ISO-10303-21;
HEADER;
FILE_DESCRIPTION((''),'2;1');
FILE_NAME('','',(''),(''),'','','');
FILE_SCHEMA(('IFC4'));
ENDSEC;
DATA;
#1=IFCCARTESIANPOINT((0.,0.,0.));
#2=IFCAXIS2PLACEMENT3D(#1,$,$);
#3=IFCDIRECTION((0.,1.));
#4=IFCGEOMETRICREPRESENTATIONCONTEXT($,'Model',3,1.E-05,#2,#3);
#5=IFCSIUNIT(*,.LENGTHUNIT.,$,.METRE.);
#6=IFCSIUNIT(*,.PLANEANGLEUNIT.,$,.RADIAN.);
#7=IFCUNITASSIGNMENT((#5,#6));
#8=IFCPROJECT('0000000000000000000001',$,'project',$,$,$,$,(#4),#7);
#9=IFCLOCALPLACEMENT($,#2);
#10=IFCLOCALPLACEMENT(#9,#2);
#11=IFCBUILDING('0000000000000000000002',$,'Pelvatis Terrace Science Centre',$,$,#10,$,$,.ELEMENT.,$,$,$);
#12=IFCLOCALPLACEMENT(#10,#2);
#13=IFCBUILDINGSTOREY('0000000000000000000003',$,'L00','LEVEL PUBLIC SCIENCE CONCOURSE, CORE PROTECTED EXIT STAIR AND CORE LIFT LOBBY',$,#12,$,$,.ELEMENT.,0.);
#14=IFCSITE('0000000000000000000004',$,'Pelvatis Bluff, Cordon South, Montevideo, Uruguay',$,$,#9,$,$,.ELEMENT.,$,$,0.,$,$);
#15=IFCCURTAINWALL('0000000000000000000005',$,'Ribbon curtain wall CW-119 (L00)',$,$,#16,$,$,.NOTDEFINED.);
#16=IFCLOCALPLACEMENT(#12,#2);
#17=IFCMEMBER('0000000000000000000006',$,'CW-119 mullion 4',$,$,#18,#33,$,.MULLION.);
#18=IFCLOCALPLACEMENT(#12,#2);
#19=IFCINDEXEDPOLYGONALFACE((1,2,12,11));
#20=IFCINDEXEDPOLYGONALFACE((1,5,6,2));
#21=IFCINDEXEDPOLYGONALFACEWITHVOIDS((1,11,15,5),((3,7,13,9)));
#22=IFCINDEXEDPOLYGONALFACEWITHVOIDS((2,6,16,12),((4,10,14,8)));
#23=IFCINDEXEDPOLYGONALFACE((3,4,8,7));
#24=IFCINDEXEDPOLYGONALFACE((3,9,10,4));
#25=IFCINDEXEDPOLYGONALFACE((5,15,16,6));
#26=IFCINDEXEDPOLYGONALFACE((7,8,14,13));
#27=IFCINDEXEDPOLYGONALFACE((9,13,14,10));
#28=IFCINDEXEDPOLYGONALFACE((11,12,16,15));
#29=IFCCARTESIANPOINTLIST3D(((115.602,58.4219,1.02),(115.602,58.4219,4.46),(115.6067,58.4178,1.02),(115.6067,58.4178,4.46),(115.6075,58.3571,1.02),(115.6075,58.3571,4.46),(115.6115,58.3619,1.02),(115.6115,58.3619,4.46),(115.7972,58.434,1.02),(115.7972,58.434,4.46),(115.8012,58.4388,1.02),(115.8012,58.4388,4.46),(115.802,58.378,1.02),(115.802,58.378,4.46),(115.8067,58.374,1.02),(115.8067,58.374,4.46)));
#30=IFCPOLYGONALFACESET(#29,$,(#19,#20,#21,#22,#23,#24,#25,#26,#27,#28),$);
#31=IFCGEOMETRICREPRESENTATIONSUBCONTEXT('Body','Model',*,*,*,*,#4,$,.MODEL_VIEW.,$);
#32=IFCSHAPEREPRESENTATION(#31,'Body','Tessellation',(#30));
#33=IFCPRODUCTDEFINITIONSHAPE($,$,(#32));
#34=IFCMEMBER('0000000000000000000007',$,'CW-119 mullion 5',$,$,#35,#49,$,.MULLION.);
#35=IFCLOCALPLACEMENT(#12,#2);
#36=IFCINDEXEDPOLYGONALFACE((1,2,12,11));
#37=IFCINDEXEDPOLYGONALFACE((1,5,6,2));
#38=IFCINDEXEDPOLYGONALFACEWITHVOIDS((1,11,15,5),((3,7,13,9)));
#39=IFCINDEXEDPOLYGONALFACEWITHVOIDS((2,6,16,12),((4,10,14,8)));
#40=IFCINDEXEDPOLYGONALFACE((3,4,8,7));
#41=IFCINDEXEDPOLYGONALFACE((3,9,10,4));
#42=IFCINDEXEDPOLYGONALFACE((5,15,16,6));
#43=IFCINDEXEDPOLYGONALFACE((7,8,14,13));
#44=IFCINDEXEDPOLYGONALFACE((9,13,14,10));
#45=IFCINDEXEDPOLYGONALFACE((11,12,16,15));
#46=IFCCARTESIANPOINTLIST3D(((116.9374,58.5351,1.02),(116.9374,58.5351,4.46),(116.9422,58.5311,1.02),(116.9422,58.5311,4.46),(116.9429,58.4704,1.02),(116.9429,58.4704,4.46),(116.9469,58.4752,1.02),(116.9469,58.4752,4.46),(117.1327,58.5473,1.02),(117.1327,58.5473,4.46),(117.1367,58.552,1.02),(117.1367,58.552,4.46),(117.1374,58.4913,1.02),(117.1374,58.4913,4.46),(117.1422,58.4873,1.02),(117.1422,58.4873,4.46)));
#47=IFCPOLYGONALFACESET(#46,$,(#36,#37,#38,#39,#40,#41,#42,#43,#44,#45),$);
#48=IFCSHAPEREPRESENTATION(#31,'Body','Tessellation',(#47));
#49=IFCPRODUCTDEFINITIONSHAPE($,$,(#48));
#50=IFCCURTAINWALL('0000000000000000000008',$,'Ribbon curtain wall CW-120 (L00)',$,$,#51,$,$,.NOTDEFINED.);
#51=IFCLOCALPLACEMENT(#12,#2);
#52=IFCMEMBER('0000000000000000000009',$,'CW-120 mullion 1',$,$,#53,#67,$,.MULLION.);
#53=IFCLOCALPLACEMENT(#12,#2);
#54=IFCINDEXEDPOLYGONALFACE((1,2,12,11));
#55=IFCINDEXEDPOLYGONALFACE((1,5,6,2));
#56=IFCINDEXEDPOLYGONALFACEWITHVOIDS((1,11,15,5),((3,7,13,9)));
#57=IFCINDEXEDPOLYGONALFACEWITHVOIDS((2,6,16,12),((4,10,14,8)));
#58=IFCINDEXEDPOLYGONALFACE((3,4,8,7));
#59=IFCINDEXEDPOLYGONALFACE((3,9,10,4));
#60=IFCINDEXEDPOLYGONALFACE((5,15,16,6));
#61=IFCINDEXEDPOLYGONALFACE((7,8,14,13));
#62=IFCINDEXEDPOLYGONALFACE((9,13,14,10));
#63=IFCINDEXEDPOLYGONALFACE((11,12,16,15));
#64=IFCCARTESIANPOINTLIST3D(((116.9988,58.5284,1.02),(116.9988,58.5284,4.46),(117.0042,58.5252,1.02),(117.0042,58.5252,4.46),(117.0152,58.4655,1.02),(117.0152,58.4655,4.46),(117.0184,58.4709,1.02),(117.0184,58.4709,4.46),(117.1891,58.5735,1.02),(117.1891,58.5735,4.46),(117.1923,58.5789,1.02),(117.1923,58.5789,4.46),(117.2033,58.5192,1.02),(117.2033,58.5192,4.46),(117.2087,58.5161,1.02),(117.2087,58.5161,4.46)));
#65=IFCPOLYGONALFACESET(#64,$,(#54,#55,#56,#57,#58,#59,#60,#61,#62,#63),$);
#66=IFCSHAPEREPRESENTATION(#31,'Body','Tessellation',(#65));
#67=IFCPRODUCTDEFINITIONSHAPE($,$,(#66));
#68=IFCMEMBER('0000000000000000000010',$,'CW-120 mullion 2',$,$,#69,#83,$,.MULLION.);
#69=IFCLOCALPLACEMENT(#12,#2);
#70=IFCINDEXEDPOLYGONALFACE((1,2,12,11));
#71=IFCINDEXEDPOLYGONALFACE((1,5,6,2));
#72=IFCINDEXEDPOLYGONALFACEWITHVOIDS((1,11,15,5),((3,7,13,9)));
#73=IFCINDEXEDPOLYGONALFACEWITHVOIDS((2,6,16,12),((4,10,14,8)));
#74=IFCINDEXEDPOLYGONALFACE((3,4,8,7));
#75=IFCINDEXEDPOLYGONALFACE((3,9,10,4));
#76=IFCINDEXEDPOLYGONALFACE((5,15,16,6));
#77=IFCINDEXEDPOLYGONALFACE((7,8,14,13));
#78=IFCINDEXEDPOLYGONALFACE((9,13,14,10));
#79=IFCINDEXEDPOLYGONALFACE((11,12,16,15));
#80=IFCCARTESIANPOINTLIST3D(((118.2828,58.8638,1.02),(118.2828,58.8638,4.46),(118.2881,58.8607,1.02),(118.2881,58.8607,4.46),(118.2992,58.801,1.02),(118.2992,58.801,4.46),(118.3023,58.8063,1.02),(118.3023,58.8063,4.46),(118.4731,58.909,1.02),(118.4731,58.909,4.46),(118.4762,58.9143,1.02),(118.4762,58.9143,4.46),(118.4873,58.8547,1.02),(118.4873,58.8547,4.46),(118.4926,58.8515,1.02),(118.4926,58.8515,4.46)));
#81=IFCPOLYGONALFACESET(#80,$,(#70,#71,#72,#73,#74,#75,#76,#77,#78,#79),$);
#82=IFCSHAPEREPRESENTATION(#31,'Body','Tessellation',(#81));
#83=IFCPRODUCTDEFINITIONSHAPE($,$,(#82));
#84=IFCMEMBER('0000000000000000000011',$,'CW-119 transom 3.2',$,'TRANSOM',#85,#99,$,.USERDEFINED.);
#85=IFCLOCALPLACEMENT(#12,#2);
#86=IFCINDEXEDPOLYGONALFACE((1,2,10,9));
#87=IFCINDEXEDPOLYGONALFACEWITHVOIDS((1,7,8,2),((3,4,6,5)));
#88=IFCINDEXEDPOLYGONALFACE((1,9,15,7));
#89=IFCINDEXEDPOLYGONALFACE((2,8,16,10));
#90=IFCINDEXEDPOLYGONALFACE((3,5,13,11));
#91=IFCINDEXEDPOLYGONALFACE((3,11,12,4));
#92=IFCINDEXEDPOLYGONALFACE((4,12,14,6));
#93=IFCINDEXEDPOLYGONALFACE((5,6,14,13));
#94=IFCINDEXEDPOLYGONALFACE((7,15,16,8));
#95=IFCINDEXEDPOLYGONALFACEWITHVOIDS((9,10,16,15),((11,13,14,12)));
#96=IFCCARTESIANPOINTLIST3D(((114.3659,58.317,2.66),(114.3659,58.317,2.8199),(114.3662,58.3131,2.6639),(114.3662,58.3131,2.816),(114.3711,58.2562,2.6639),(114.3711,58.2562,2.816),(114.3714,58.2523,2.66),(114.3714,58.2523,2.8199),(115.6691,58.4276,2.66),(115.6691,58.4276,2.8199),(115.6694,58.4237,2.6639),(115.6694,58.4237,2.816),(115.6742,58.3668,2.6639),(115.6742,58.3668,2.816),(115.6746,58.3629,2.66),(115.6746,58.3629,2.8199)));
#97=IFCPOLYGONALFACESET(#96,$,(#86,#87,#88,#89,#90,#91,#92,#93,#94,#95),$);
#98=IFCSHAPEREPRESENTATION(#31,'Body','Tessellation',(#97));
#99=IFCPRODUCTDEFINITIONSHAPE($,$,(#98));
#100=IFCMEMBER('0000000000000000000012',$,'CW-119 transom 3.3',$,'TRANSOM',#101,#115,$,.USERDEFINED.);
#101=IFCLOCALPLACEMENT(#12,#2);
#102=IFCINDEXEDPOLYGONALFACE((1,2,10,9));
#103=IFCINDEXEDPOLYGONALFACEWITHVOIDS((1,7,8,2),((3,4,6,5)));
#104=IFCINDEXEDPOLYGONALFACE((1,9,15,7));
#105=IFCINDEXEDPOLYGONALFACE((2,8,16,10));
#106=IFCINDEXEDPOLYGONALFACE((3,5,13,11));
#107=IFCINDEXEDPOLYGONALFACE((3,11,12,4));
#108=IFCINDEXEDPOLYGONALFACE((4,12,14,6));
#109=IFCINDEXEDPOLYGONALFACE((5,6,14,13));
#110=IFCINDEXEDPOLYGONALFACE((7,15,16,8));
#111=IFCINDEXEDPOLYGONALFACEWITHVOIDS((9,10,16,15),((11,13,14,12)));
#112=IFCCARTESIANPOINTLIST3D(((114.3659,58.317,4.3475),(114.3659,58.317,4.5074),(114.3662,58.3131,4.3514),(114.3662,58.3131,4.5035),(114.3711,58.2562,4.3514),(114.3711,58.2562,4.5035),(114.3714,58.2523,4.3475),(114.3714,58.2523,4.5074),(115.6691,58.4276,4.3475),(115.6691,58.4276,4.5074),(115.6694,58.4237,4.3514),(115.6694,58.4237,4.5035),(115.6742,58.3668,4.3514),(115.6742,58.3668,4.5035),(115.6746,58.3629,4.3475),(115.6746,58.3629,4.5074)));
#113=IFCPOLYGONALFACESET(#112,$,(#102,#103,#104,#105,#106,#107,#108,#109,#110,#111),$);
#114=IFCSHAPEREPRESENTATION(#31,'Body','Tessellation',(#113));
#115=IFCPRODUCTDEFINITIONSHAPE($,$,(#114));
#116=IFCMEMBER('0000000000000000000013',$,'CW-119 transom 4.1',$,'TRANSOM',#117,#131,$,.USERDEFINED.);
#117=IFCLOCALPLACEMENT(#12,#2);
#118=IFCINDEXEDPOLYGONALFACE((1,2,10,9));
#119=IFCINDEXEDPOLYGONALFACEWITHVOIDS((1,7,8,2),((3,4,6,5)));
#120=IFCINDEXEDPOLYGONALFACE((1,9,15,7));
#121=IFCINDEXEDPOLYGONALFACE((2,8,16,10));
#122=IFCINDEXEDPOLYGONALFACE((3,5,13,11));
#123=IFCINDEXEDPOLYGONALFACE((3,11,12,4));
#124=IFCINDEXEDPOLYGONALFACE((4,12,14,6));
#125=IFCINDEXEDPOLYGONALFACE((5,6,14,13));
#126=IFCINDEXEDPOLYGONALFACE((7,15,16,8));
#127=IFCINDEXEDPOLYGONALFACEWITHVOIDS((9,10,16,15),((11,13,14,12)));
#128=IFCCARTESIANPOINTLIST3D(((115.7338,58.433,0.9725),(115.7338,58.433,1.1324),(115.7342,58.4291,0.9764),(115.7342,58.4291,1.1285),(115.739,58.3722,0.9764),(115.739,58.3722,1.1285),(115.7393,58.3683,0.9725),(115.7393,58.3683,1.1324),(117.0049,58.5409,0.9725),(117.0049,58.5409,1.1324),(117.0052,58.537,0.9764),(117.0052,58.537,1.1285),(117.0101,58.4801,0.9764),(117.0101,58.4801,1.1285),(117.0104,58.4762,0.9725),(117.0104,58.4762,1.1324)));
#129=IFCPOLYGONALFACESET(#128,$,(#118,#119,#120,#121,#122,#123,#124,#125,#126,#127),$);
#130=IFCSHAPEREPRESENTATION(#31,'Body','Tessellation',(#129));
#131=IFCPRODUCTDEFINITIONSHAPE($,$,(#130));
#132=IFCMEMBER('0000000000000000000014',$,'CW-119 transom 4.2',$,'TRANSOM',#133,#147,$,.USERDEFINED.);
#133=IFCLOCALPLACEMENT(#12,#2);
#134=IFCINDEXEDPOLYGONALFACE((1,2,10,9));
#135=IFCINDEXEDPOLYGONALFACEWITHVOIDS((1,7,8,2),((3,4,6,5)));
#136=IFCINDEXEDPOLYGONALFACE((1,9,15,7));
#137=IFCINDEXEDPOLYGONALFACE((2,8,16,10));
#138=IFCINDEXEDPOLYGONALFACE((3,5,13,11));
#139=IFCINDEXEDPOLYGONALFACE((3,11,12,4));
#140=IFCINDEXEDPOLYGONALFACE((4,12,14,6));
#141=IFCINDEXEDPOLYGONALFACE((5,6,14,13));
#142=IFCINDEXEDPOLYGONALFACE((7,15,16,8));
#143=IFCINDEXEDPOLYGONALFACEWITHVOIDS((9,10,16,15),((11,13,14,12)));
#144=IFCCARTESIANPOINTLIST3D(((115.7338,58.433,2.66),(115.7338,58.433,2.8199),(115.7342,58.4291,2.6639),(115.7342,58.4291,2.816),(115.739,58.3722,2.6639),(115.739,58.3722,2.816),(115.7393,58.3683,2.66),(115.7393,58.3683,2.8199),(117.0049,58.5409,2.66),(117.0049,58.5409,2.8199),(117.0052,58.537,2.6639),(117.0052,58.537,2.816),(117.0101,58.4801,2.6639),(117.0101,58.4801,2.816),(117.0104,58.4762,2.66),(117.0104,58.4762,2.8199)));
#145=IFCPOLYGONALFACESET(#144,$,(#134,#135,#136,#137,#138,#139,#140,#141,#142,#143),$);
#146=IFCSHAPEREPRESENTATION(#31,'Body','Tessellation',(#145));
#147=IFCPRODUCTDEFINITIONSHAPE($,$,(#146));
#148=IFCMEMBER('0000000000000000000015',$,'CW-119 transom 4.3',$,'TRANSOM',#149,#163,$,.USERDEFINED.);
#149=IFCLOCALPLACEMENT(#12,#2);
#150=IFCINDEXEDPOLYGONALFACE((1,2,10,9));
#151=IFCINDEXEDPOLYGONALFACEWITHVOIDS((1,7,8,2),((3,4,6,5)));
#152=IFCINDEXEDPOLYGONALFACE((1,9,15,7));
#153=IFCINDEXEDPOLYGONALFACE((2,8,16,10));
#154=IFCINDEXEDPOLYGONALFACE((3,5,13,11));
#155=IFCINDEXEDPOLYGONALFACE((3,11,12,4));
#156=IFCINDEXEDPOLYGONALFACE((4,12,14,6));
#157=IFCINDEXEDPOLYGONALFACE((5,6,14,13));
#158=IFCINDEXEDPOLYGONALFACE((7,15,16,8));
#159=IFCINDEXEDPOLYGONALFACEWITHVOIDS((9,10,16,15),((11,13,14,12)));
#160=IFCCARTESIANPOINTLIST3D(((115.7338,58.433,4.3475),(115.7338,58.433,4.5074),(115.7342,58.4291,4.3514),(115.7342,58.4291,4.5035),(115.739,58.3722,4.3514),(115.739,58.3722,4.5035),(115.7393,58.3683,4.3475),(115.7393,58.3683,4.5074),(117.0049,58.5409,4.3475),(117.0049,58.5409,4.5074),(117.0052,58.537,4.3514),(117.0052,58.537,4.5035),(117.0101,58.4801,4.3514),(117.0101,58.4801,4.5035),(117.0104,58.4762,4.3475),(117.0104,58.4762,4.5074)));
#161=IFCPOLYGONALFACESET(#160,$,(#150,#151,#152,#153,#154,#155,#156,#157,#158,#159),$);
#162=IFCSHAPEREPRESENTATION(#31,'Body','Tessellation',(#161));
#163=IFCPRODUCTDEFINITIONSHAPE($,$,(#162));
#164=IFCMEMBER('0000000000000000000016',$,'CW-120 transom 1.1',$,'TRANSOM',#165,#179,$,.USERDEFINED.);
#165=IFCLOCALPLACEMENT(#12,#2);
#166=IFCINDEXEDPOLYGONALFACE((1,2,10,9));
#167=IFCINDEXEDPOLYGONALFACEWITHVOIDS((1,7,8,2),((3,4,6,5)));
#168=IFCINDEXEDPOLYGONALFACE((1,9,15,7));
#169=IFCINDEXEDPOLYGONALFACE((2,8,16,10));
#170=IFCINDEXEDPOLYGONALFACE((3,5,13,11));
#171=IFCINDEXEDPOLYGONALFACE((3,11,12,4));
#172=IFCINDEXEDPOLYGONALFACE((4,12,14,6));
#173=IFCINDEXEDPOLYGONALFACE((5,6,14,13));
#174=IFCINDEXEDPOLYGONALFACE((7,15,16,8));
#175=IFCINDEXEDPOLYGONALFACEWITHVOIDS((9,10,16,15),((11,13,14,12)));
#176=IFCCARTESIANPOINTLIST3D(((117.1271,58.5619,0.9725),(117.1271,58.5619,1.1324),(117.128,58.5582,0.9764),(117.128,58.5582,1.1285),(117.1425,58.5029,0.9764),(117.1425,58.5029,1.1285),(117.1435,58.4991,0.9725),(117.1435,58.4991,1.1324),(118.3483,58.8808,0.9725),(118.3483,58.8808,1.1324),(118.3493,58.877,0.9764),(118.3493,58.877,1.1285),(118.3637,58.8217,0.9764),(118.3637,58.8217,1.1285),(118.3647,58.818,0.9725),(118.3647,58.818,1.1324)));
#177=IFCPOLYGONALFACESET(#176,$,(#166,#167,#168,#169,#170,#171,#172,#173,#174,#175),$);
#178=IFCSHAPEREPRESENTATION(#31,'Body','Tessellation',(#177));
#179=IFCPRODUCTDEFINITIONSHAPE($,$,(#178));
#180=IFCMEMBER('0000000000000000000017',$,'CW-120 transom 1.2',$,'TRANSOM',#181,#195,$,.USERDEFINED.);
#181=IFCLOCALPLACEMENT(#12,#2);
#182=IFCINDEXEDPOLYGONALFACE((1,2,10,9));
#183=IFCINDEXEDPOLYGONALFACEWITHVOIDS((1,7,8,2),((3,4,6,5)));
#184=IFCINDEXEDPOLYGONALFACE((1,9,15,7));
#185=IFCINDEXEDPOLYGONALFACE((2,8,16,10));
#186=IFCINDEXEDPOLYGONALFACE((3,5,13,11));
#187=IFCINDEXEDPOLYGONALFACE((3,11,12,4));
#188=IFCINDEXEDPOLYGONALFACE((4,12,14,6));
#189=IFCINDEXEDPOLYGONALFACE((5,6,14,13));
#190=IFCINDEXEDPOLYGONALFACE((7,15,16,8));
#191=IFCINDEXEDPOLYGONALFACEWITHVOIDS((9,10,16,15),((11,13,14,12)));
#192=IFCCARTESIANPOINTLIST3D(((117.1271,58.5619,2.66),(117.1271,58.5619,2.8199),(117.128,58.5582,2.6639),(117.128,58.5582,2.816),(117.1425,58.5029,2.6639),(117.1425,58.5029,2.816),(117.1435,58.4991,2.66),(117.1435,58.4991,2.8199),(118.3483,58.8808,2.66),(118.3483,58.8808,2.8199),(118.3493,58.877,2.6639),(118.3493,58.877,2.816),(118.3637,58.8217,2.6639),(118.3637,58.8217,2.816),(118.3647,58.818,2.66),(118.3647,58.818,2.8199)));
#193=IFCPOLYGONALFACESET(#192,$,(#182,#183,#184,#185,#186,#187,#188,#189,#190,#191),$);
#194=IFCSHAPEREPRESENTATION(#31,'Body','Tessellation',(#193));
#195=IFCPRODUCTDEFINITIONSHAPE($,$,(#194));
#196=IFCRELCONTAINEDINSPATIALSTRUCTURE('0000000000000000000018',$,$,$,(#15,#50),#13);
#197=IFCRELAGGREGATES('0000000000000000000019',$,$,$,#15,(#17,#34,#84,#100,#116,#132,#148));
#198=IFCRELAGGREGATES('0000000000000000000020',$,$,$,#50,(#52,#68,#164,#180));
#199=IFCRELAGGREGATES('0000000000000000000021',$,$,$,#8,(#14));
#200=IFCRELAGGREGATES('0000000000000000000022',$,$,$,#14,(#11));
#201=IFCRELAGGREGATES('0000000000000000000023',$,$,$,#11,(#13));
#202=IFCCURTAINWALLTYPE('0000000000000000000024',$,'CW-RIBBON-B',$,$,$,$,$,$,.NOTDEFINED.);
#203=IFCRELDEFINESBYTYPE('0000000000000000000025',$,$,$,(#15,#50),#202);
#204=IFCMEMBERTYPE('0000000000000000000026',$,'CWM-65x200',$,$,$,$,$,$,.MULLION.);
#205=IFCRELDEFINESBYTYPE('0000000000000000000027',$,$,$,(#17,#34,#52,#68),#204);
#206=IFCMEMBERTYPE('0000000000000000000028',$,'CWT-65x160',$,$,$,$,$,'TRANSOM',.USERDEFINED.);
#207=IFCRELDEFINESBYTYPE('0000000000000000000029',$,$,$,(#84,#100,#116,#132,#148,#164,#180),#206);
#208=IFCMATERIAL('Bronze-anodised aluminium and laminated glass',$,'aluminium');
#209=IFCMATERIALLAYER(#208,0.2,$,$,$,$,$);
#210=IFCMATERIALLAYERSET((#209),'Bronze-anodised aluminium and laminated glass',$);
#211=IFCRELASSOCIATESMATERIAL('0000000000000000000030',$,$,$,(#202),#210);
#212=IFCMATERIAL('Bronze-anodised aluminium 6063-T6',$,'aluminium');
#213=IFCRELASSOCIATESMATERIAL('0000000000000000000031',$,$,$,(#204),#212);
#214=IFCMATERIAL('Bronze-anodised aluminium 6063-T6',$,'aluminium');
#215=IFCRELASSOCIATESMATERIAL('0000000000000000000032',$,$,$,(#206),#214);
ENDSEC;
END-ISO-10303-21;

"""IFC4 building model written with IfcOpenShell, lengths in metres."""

from ifc_helpers import new_model, si_unit, direction, frame, origin, origin_2d, place, context, subcontext, project, spatial, hollow_rectangle, extrude, material, layer, layer_set, material_profile, profile_set, type_object, element, aggregate, save


model = new_model("IFC4")

# Units and contexts
model_context = context("Model", 3, precision=1e-05, world=origin(), true_north=direction((0.0, 1.0)))
body_context = subcontext(model_context, "Body", "Model", "MODEL_VIEW")
ifc_project = project(units=[si_unit("LENGTHUNIT", "METRE"), si_unit("PLANEANGLEUNIT", "RADIAN")], contexts=[model_context])

# Site, building, storey
site_placement = place(None, origin())
site = spatial("IfcSite", under=ifc_project, at=site_placement, Name="Pelvatis Bluff, Cordon South, Montevideo, Uruguay", CompositionType="ELEMENT", RefElevation=0.0)
building_placement = place(site_placement, origin())
building = spatial("IfcBuilding", under=site, at=building_placement, Name="Pelvatis Terrace Science Centre", CompositionType="ELEMENT")
storey_placement = place(building_placement, origin())
storey = spatial("IfcBuildingStorey", under=building, at=storey_placement, Name="L00", Description="LEVEL PUBLIC SCIENCE CONCOURSE, CORE PROTECTED EXIT STAIR AND CORE LIFT LOBBY", CompositionType="ELEMENT", Elevation=0.0)

# Curtain walls, members
ifc_material_1 = material(Name="Bronze-anodised aluminium and laminated glass", Category="aluminium")
ifc_layer_1 = layer(ifc_material_1, 0.2)
ifc_layer_set_1 = layer_set([ifc_layer_1], Name="Bronze-anodised aluminium and laminated glass")
curtain_wall_type = type_object("IfcCurtainWallType", Name="CW-RIBBON-B", PredefinedType="NOTDEFINED", material=ifc_layer_set_1)
curtain_wall_1_placement = place(storey_placement, origin())
curtain_wall_1 = element("IfcCurtainWall", 1, at=curtain_wall_1_placement, inside=storey, type_object=curtain_wall_type, Name="Ribbon curtain wall CW-119 (L00)", PredefinedType="NOTDEFINED")
ifc_material_2 = material(Name="Bronze-anodised aluminium 6063-T6", Category="aluminium")
ifc_material_profile_1 = material_profile(ifc_material_2, hollow_rectangle(XDim=0.0649, YDim=0.2, WallThickness=0.0044, at=origin_2d()), Name="ALU-MUL 65x200")
ifc_profile_set_1 = profile_set([ifc_material_profile_1], Name="Bronze-anodised aluminium 6063-T6")
member_type_1 = type_object("IfcMemberType", Name="CWM-65x200", PredefinedType="MULLION", material=ifc_profile_set_1)
member_1_placement = place(storey_placement, frame((115.7043, 58.3979, 1.02), z_axis=(0.0, 0.0, 1.0), x_axis=(-0.084488, 0.996425, 0.0)))
member_1 = element("IfcMember", 2, at=member_1_placement, type_object=member_type_1, Name="CW-119 mullion 4", PredefinedType="MULLION", context=body_context, shape_type="SweptSolid", body=[
    extrude(hollow_rectangle(XDim=0.0649, YDim=0.2, WallThickness=0.0044, at=origin_2d()), origin(), (0.0, 0.0, 1.0), 3.4399),
])
member_2_placement = place(storey_placement, frame((117.0398, 58.5112, 1.02), z_axis=(0.0, 0.0, 1.0), x_axis=(-0.084488, 0.996425, 0.0)))
member_2 = element("IfcMember", 3, at=member_2_placement, type_object=member_type_1, Name="CW-119 mullion 5", PredefinedType="MULLION", context=body_context, shape_type="SweptSolid", body=[
    extrude(hollow_rectangle(XDim=0.0649, YDim=0.2, WallThickness=0.0044, at=origin_2d()), origin(), (0.0, 0.0, 1.0), 3.4399),
])
curtain_wall_2_placement = place(storey_placement, origin())
curtain_wall_2 = element("IfcCurtainWall", 4, at=curtain_wall_2_placement, inside=storey, type_object=curtain_wall_type, Name="Ribbon curtain wall CW-120 (L00)", PredefinedType="NOTDEFINED")
member_3_placement = place(storey_placement, frame((117.1038, 58.5222, 1.02), z_axis=(0.0, 0.0, 1.0), x_axis=(-0.252698, 0.967545, 0.0)))
member_3 = element("IfcMember", 5, at=member_3_placement, type_object=member_type_1, Name="CW-120 mullion 1", PredefinedType="MULLION", context=body_context, shape_type="SweptSolid", body=[
    extrude(hollow_rectangle(XDim=0.0649, YDim=0.2, WallThickness=0.0044, at=origin_2d()), origin(), (0.0, 0.0, 1.0), 3.4399),
])
member_4_placement = place(storey_placement, frame((118.3877, 58.8577, 1.02), z_axis=(0.0, 0.0, 1.0), x_axis=(-0.252698, 0.967545, 0.0)))
member_4 = element("IfcMember", 6, at=member_4_placement, type_object=member_type_1, Name="CW-120 mullion 2", PredefinedType="MULLION", context=body_context, shape_type="SweptSolid", body=[
    extrude(hollow_rectangle(XDim=0.0649, YDim=0.2, WallThickness=0.0044, at=origin_2d()), origin(), (0.0, 0.0, 1.0), 3.4399),
])

# Members
ifc_material_3 = material(Name="Bronze-anodised aluminium 6063-T6", Category="aluminium")
ifc_material_profile_2 = material_profile(ifc_material_3, hollow_rectangle(XDim=0.0649, YDim=0.1599, WallThickness=0.0039, at=origin_2d()), Name="ALU-TRN 65x160")
ifc_profile_set_2 = profile_set([ifc_material_profile_2], Name="Bronze-anodised aluminium 6063-T6")
member_type_2 = type_object("IfcMemberType", Name="CWT-65x160", ElementType="TRANSOM", PredefinedType="USERDEFINED", material=ifc_profile_set_2)
member_5_placement = place(storey_placement, frame((114.3687, 58.2847, 2.74), z_axis=(0.996418, 0.084559, 0.0), x_axis=(-0.084559, 0.996418, 0.0)))
member_5 = element("IfcMember", 7, at=member_5_placement, type_object=member_type_2, Name="CW-119 transom 3.2", ObjectType="TRANSOM", PredefinedType="USERDEFINED", context=body_context, shape_type="SweptSolid", body=[
    extrude(hollow_rectangle(XDim=0.0649, YDim=0.1599, WallThickness=0.0039, at=origin_2d()), origin(), (0.0, 0.0, 1.0), 1.3079),
])
member_6_placement = place(storey_placement, frame((114.3687, 58.2847, 4.4275), z_axis=(0.996418, 0.084559, 0.0), x_axis=(-0.084559, 0.996418, 0.0)))
member_6 = element("IfcMember", 8, at=member_6_placement, type_object=member_type_2, Name="CW-119 transom 3.3", ObjectType="TRANSOM", PredefinedType="USERDEFINED", context=body_context, shape_type="SweptSolid", body=[
    extrude(hollow_rectangle(XDim=0.0649, YDim=0.1599, WallThickness=0.0039, at=origin_2d()), origin(), (0.0, 0.0, 1.0), 1.3079),
])
member_7_placement = place(storey_placement, frame((115.7366, 58.4006, 1.0525), z_axis=(0.996415, 0.084598, 0.0), x_axis=(-0.084598, 0.996415, 0.0)))
member_7 = element("IfcMember", 9, at=member_7_placement, type_object=member_type_2, Name="CW-119 transom 4.1", ObjectType="TRANSOM", PredefinedType="USERDEFINED", context=body_context, shape_type="SweptSolid", body=[
    extrude(hollow_rectangle(XDim=0.0649, YDim=0.1599, WallThickness=0.0039, at=origin_2d()), origin(), (0.0, 0.0, 1.0), 1.2756),
])
member_8_placement = place(storey_placement, frame((115.7366, 58.4006, 2.74), z_axis=(0.996415, 0.084598, 0.0), x_axis=(-0.084598, 0.996415, 0.0)))
member_8 = element("IfcMember", 10, at=member_8_placement, type_object=member_type_2, Name="CW-119 transom 4.2", ObjectType="TRANSOM", PredefinedType="USERDEFINED", context=body_context, shape_type="SweptSolid", body=[
    extrude(hollow_rectangle(XDim=0.0649, YDim=0.1599, WallThickness=0.0039, at=origin_2d()), origin(), (0.0, 0.0, 1.0), 1.2756),
])
member_9_placement = place(storey_placement, frame((115.7366, 58.4006, 4.4275), z_axis=(0.996415, 0.084598, 0.0), x_axis=(-0.084598, 0.996415, 0.0)))
member_9 = element("IfcMember", 11, at=member_9_placement, type_object=member_type_2, Name="CW-119 transom 4.3", ObjectType="TRANSOM", PredefinedType="USERDEFINED", context=body_context, shape_type="SweptSolid", body=[
    extrude(hollow_rectangle(XDim=0.0649, YDim=0.1599, WallThickness=0.0039, at=origin_2d()), origin(), (0.0, 0.0, 1.0), 1.2756),
])
member_10_placement = place(storey_placement, frame((117.1353, 58.5305, 1.0525), z_axis=(0.967564, 0.252627, 0.0), x_axis=(-0.252627, 0.967564, 0.0)))
member_10 = element("IfcMember", 12, at=member_10_placement, type_object=member_type_2, Name="CW-120 transom 1.1", ObjectType="TRANSOM", PredefinedType="USERDEFINED", context=body_context, shape_type="SweptSolid", body=[
    extrude(hollow_rectangle(XDim=0.0649, YDim=0.1599, WallThickness=0.0039, at=origin_2d()), origin(), (0.0, 0.0, 1.0), 1.2622),
])
member_11_placement = place(storey_placement, frame((117.1353, 58.5305, 2.74), z_axis=(0.967564, 0.252627, 0.0), x_axis=(-0.252627, 0.967564, 0.0)))
member_11 = element("IfcMember", 13, at=member_11_placement, type_object=member_type_2, Name="CW-120 transom 1.2", ObjectType="TRANSOM", PredefinedType="USERDEFINED", context=body_context, shape_type="SweptSolid", body=[
    extrude(hollow_rectangle(XDim=0.0649, YDim=0.1599, WallThickness=0.0039, at=origin_2d()), origin(), (0.0, 0.0, 1.0), 1.2622),
])

aggregate(curtain_wall_1, [member_1, member_2, member_5, member_6, member_7, member_8, member_9])
aggregate(curtain_wall_2, [member_3, member_4, member_10, member_11])

save(model, "model.ifc")
